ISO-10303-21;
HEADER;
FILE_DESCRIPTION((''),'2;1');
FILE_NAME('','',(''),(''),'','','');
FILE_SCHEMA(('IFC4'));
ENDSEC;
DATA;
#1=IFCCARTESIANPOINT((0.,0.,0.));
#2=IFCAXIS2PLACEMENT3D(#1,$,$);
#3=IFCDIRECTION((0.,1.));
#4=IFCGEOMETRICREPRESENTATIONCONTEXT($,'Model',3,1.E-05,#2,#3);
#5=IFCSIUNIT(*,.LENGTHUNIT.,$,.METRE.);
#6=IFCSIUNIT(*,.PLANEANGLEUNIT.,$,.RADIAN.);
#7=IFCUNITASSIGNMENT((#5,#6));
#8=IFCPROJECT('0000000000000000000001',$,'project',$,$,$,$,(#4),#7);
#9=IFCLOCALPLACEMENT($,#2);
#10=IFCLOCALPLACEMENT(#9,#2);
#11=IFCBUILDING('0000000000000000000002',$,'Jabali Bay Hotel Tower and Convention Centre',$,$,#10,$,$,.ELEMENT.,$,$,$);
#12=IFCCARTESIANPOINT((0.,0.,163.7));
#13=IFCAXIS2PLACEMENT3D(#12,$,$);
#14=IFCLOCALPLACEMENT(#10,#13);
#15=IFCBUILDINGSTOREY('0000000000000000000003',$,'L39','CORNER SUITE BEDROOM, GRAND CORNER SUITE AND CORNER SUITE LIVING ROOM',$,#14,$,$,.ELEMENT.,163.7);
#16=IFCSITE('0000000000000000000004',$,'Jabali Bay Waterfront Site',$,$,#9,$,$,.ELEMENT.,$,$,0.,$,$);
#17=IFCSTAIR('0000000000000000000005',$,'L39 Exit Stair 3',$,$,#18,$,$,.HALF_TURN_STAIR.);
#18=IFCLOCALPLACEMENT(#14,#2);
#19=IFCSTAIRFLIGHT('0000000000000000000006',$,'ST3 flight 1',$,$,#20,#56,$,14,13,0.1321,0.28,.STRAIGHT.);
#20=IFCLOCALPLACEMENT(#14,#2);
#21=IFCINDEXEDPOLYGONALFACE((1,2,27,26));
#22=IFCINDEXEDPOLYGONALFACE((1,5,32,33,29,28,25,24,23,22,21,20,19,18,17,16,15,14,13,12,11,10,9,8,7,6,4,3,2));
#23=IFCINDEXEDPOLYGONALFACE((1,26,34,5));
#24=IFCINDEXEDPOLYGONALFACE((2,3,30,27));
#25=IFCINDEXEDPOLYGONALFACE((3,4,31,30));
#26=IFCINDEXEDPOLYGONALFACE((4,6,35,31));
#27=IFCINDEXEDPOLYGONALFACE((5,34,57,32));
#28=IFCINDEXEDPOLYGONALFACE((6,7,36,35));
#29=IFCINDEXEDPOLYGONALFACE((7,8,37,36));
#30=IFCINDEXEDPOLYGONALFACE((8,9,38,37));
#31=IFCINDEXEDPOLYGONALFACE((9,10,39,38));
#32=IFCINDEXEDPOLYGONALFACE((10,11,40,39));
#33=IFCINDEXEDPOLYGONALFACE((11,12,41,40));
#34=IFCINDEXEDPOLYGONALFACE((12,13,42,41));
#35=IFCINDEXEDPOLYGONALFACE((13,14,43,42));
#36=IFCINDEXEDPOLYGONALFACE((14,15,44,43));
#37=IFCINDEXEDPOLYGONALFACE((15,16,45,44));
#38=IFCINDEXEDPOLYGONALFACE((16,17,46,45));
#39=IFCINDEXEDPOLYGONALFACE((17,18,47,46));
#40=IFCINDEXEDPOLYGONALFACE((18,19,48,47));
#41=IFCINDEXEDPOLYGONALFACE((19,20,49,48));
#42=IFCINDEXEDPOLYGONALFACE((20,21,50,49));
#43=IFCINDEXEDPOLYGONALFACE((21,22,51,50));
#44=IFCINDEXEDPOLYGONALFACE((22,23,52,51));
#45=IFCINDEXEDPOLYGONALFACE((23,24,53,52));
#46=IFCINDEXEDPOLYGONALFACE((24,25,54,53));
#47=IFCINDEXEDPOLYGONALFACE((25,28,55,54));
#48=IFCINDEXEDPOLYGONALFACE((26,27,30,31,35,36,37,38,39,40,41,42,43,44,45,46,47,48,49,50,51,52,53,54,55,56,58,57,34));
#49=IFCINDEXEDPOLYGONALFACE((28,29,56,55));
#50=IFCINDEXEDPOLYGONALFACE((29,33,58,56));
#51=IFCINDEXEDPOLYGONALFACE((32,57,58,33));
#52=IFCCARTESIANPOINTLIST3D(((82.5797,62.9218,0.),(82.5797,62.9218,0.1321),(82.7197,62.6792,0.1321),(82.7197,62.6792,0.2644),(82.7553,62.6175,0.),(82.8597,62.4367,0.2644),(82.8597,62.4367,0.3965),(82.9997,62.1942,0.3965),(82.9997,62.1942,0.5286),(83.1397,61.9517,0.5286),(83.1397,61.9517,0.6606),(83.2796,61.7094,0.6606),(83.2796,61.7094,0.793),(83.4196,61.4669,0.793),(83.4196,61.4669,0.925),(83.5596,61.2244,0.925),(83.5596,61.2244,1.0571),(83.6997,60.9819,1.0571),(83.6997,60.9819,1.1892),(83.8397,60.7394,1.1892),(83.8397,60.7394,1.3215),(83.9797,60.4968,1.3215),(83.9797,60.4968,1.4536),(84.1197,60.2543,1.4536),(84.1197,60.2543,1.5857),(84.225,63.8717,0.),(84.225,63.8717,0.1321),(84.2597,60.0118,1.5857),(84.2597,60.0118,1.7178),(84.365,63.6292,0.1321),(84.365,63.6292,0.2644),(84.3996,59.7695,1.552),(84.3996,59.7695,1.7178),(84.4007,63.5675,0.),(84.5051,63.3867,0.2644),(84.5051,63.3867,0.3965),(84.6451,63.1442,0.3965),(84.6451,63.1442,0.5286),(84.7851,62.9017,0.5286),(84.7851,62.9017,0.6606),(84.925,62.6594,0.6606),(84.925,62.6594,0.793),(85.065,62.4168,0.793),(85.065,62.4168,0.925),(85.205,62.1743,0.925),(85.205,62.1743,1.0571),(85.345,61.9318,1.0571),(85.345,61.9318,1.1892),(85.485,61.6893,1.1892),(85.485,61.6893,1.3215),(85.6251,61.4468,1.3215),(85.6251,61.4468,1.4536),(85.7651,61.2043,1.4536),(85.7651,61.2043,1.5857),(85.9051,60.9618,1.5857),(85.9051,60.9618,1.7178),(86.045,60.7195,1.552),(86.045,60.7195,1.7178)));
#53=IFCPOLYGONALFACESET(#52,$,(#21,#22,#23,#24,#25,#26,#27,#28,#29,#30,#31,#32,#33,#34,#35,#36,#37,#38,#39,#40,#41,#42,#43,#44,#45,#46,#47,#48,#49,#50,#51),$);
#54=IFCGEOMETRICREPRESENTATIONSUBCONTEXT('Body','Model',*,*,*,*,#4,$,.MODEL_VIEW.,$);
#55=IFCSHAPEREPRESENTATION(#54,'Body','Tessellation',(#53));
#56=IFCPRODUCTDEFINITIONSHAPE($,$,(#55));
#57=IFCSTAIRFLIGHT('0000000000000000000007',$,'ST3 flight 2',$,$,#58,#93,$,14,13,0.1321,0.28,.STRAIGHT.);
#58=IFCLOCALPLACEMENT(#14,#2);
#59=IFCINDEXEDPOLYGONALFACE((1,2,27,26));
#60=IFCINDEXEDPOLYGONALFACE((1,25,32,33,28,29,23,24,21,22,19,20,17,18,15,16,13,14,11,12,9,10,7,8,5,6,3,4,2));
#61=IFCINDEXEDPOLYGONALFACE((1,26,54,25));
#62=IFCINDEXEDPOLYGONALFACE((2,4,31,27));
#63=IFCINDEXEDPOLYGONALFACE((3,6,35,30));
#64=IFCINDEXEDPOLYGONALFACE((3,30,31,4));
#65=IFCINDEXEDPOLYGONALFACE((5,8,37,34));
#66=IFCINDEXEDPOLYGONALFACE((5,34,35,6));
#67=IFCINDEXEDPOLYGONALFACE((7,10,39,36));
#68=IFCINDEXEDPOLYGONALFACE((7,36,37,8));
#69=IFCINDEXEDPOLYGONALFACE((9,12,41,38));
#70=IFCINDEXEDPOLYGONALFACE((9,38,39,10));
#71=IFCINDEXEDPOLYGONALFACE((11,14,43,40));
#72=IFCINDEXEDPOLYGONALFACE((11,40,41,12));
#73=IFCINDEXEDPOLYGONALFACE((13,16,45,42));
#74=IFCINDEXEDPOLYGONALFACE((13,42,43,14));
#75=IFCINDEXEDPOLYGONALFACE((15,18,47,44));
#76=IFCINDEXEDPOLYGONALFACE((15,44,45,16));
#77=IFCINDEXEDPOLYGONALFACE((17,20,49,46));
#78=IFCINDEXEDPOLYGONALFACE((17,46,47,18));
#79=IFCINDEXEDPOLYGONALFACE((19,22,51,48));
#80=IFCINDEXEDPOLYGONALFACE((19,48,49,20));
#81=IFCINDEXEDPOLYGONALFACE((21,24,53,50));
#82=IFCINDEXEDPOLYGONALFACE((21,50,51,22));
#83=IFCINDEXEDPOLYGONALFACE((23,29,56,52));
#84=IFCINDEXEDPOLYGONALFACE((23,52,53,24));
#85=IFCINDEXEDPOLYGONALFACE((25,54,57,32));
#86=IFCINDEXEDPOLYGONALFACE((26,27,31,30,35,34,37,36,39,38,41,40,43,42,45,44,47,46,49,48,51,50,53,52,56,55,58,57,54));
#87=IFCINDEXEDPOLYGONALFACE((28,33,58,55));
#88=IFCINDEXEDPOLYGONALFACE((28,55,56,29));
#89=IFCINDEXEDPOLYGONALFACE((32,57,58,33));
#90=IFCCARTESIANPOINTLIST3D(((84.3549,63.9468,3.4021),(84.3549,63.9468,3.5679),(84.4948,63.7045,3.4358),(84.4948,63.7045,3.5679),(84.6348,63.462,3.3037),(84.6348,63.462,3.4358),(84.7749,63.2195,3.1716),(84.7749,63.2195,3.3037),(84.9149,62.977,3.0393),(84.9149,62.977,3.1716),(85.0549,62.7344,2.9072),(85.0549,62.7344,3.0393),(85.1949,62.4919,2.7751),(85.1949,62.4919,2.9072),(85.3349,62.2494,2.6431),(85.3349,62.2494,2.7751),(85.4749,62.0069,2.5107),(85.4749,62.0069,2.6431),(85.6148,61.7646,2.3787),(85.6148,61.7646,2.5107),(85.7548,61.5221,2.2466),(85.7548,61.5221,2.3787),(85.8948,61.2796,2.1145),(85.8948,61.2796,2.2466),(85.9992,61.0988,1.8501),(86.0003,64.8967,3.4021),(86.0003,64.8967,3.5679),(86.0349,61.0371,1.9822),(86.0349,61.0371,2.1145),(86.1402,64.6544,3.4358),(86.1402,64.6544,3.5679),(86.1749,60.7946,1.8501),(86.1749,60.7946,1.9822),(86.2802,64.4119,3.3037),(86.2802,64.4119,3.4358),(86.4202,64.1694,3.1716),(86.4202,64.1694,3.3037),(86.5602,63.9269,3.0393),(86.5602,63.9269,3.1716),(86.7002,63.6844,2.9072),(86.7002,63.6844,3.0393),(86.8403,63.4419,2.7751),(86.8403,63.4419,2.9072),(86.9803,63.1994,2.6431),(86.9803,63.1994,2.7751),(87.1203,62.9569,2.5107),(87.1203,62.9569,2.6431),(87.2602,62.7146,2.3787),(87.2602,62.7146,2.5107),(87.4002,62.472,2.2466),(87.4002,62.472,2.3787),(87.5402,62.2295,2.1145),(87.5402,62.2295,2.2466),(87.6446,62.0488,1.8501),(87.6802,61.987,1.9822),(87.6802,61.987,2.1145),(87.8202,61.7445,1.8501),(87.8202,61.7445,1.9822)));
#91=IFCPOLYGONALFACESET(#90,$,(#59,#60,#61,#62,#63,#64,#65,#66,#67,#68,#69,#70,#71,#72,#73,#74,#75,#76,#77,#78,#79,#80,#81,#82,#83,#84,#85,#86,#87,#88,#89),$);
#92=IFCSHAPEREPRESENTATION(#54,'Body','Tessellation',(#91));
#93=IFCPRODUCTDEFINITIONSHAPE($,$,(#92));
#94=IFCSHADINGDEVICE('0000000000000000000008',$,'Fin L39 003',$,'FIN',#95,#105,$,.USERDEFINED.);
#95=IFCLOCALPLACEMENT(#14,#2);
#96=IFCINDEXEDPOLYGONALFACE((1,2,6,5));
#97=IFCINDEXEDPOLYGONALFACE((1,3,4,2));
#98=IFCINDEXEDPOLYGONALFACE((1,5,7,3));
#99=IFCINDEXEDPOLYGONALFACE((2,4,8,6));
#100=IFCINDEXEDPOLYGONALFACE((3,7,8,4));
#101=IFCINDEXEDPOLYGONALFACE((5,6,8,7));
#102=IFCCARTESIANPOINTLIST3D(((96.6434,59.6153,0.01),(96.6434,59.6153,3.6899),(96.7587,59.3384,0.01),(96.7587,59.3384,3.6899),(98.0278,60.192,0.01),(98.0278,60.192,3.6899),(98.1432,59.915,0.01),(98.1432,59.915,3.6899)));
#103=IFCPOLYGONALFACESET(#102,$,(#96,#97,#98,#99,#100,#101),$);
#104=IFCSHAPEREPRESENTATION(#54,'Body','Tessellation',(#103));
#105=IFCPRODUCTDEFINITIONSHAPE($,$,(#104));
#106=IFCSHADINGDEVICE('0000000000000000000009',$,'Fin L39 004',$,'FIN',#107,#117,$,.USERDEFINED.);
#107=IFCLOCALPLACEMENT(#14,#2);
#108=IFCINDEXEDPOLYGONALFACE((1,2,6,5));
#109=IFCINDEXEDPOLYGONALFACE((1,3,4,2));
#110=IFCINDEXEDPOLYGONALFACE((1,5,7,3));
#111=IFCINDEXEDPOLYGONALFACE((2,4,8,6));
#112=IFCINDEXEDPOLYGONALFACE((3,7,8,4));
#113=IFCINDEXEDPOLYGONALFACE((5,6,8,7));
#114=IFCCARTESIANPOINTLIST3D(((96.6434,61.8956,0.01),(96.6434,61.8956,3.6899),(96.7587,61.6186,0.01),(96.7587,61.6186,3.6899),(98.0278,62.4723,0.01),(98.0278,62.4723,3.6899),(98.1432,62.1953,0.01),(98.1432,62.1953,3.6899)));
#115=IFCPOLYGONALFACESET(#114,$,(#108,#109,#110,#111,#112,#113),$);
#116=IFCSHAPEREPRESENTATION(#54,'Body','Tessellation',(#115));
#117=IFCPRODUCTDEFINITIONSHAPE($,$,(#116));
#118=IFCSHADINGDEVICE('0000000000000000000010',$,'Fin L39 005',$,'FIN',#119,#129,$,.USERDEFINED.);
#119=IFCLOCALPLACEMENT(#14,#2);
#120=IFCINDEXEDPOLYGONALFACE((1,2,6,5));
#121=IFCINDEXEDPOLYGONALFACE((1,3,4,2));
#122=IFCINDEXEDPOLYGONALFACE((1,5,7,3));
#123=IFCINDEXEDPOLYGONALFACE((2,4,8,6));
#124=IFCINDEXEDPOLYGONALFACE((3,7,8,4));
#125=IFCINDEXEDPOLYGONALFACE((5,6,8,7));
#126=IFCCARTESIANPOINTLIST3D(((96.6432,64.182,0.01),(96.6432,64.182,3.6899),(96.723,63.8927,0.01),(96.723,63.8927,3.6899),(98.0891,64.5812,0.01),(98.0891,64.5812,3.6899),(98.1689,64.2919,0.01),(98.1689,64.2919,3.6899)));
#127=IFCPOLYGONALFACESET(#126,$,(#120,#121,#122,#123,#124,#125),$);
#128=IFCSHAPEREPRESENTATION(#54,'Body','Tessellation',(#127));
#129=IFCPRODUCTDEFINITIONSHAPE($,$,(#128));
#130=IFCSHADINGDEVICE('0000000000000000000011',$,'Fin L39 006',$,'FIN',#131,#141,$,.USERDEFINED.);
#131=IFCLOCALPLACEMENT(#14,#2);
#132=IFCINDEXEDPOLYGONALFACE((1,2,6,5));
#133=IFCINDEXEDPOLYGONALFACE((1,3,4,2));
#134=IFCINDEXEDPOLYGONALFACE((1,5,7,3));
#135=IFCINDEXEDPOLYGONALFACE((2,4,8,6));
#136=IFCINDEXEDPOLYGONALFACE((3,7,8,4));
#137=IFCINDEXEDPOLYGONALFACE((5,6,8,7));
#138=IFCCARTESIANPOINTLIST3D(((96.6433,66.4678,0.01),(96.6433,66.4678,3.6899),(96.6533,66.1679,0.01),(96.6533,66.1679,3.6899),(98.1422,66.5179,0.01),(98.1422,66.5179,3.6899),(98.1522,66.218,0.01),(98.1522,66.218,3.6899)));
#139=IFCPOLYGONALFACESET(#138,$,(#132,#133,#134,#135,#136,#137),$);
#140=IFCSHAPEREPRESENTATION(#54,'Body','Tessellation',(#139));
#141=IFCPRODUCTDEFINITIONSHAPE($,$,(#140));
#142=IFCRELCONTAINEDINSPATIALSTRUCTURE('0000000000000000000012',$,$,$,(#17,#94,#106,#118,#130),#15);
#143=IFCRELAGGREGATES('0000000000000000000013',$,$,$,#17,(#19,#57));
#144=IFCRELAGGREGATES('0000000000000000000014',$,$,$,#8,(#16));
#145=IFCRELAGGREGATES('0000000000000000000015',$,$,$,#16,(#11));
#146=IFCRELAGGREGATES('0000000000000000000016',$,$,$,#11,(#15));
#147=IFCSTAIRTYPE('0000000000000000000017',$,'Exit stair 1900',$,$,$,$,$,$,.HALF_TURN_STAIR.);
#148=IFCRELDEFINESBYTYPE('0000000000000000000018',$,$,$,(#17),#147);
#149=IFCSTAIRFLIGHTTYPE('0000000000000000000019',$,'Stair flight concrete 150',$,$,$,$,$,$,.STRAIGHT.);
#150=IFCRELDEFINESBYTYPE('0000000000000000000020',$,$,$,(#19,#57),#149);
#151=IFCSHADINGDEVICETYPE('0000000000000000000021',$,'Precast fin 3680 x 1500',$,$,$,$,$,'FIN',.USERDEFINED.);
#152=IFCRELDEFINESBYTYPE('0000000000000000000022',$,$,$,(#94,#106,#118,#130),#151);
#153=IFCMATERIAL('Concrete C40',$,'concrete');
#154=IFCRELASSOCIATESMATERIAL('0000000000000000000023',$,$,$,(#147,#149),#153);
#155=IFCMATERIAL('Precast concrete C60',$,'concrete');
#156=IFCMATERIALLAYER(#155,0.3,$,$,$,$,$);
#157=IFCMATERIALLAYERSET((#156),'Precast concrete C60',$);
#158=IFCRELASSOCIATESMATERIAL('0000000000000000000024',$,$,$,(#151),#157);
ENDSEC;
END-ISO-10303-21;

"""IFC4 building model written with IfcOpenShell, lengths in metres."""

from ifc_helpers import new_model, si_unit, direction, frame, frame_2d, origin, place, context, subcontext, project, spatial, polyline, rectangle, outline, extrude, material, layer, layer_set, type_object, element, aggregate, save


model = new_model("IFC4")

# Units and contexts
model_context = context("Model", 3, precision=1e-05, world=origin(), true_north=direction((0.0, 1.0)))
body_context = subcontext(model_context, "Body", "Model", "MODEL_VIEW")
ifc_project = project(units=[si_unit("LENGTHUNIT", "METRE"), si_unit("PLANEANGLEUNIT", "RADIAN")], contexts=[model_context])

# Site, building, storey
site_placement = place(None, origin())
site = spatial("IfcSite", under=ifc_project, at=site_placement, Name="Jabali Bay Waterfront Site", CompositionType="ELEMENT", RefElevation=0.0)
building_placement = place(site_placement, origin())
building = spatial("IfcBuilding", under=site, at=building_placement, Name="Jabali Bay Hotel Tower and Convention Centre", CompositionType="ELEMENT")
storey_placement = place(building_placement, frame((0.0, 0.0, 163.7)))
storey = spatial("IfcBuildingStorey", under=building, at=storey_placement, Name="L39", Description="CORNER SUITE BEDROOM, GRAND CORNER SUITE AND CORNER SUITE LIVING ROOM", CompositionType="ELEMENT", Elevation=163.7)

# Shared definitions
ifc_material_1 = material(Name="Concrete C40", Category="concrete")

# Stair, stair flights
stair_type = type_object("IfcStairType", Name="Exit stair 1900", PredefinedType="HALF_TURN_STAIR", material=ifc_material_1)
stair_placement = place(storey_placement, origin())
stair = element("IfcStair", 1, at=stair_placement, inside=storey, type_object=stair_type, Name="L39 Exit Stair 3", PredefinedType="HALF_TURN_STAIR")
stair_flight_type = type_object("IfcStairFlightType", Name="Stair flight concrete 150", PredefinedType="STRAIGHT", material=ifc_material_1)
stair_flight_1_placement = place(storey_placement, frame((83.4023, 63.3967, 0.0), z_axis=(0.0, 0.0, 1.0), x_axis=(0.5, -0.866025, 0.0)))
stair_flight_1 = element("IfcStairFlight", 2, at=stair_flight_1_placement, type_object=stair_flight_type, Name="ST3 flight 1", NumberOfRisers=14, NumberOfTreads=13, PredefinedType="STRAIGHT", RiserHeight=0.1321, TreadLength=0.28, context=body_context, shape_type="SweptSolid", body=[
    extrude(outline(polyline([(0.0, 0.0), (0.0, 0.1321), (0.28, 0.1321), (0.28, 0.2644), (0.5601, 0.2644), (0.5601, 0.3965), (0.8401, 0.3965), (0.8401, 0.5286), (1.1201, 0.5286), (1.1201, 0.6606), (1.3999, 0.6606), (1.3999, 0.793), (1.6799, 0.793), (1.6799, 0.925), (1.96, 0.925), (1.96, 1.0571), (2.24, 1.0571), (2.24, 1.1892), (2.52, 1.1892), (2.52, 1.3215), (2.8, 1.3215), (2.8, 1.4536), (3.0801, 1.4536), (3.0801, 1.5857), (3.3601, 1.5857), (3.3601, 1.7178), (3.6399, 1.7178), (3.6399, 1.8501), (3.6399, 1.552), (0.3513, 0.0), (0.0, 0.0)])), frame((0.0, 0.95, 0.0), z_axis=(0.0, -1.0, 0.0), x_axis=(1.0, 0.0, 0.0)), (0.0, 0.0, 1.0), 1.8999),
])
stair_flight_2_placement = place(storey_placement, frame((86.9976, 61.2695, 1.8501), z_axis=(0.0, 0.0, 1.0), x_axis=(-0.5, 0.866025, 0.0)))
stair_flight_2 = element("IfcStairFlight", 3, at=stair_flight_2_placement, type_object=stair_flight_type, Name="ST3 flight 2", NumberOfRisers=14, NumberOfTreads=13, PredefinedType="STRAIGHT", RiserHeight=0.1321, TreadLength=0.28, context=body_context, shape_type="SweptSolid", body=[
    extrude(outline(polyline([(0.0, 0.0), (0.0, 0.1321), (0.28, 0.1321), (0.28, 0.2644), (0.5601, 0.2644), (0.5601, 0.3965), (0.8401, 0.3965), (0.8401, 0.5286), (1.1201, 0.5286), (1.1201, 0.6606), (1.3999, 0.6606), (1.3999, 0.793), (1.6799, 0.793), (1.6799, 0.925), (1.96, 0.925), (1.96, 1.0571), (2.24, 1.0571), (2.24, 1.1892), (2.52, 1.1892), (2.52, 1.3215), (2.8, 1.3215), (2.8, 1.4536), (3.0801, 1.4536), (3.0801, 1.5857), (3.3601, 1.5857), (3.3601, 1.7178), (3.6399, 1.7178), (3.6399, 1.8501), (3.6399, 1.552), (0.3513, 0.0), (0.0, 0.0)])), frame((0.0, 0.95, 0.0), z_axis=(0.0, -1.0, 0.0), x_axis=(1.0, 0.0, 0.0)), (0.0, 0.0, 1.0), 1.8999),
])
aggregate(stair, [stair_flight_1, stair_flight_2])

# Shading devices
ifc_material_2 = material(Name="Precast concrete C60", Category="concrete")
ifc_layer_1 = layer(ifc_material_2, 0.3)
ifc_layer_set_1 = layer_set([ifc_layer_1], Name="Precast concrete C60")
shading_device_type = type_object("IfcShadingDeviceType", Name="Precast fin 3680 x 1500", ElementType="FIN", PredefinedType="USERDEFINED", material=ifc_layer_set_1)
for number, where, z_axis, x_axis, name in (
    (4, (96.7009, 59.4768, 0.01), (0.0, 0.0, 1.0), (0.92313, 0.384488, 0.0), "Fin L39 003"),
    (5, (96.7009, 61.7571, 0.01), (0.0, 0.0, 1.0), (0.92313, 0.384488, 0.0), "Fin L39 004"),
):
    element("IfcShadingDevice", number, at=place(storey_placement, frame(where, z_axis=z_axis, x_axis=x_axis)), inside=storey, type_object=shading_device_type, Name=name, ObjectType="FIN", PredefinedType="USERDEFINED", context=body_context, shape_type="SweptSolid", body=[
        extrude(rectangle(XDim=1.4998, YDim=0.3, at=frame_2d((0.75, 0.0))), origin(), (0.0, 0.0, 1.0), 3.6799),
    ])
shading_device_1_placement = place(storey_placement, frame((96.6831, 64.0374, 0.01), z_axis=(0.0, 0.0, 1.0), x_axis=(0.963936, 0.266132, 0.0)))
element("IfcShadingDevice", 6, at=shading_device_1_placement, inside=storey, type_object=shading_device_type, Name="Fin L39 005", ObjectType="FIN", PredefinedType="USERDEFINED", context=body_context, shape_type="SweptSolid", body=[
    extrude(rectangle(XDim=1.5, YDim=0.3, at=frame_2d((0.75, 0.0))), origin(), (0.0, 0.0, 1.0), 3.6799),
])
shading_device_2_placement = place(storey_placement, frame((96.6482, 66.3179, 0.01), z_axis=(0.0, 0.0, 1.0), x_axis=(0.999443, 0.033369, 0.0)))
element("IfcShadingDevice", 7, at=shading_device_2_placement, inside=storey, type_object=shading_device_type, Name="Fin L39 006", ObjectType="FIN", PredefinedType="USERDEFINED", context=body_context, shape_type="SweptSolid", body=[
    extrude(rectangle(XDim=1.4998, YDim=0.3, at=frame_2d((0.75, 0.0))), origin(), (0.0, 0.0, 1.0), 3.6799),
])

save(model, "model.ifc")
